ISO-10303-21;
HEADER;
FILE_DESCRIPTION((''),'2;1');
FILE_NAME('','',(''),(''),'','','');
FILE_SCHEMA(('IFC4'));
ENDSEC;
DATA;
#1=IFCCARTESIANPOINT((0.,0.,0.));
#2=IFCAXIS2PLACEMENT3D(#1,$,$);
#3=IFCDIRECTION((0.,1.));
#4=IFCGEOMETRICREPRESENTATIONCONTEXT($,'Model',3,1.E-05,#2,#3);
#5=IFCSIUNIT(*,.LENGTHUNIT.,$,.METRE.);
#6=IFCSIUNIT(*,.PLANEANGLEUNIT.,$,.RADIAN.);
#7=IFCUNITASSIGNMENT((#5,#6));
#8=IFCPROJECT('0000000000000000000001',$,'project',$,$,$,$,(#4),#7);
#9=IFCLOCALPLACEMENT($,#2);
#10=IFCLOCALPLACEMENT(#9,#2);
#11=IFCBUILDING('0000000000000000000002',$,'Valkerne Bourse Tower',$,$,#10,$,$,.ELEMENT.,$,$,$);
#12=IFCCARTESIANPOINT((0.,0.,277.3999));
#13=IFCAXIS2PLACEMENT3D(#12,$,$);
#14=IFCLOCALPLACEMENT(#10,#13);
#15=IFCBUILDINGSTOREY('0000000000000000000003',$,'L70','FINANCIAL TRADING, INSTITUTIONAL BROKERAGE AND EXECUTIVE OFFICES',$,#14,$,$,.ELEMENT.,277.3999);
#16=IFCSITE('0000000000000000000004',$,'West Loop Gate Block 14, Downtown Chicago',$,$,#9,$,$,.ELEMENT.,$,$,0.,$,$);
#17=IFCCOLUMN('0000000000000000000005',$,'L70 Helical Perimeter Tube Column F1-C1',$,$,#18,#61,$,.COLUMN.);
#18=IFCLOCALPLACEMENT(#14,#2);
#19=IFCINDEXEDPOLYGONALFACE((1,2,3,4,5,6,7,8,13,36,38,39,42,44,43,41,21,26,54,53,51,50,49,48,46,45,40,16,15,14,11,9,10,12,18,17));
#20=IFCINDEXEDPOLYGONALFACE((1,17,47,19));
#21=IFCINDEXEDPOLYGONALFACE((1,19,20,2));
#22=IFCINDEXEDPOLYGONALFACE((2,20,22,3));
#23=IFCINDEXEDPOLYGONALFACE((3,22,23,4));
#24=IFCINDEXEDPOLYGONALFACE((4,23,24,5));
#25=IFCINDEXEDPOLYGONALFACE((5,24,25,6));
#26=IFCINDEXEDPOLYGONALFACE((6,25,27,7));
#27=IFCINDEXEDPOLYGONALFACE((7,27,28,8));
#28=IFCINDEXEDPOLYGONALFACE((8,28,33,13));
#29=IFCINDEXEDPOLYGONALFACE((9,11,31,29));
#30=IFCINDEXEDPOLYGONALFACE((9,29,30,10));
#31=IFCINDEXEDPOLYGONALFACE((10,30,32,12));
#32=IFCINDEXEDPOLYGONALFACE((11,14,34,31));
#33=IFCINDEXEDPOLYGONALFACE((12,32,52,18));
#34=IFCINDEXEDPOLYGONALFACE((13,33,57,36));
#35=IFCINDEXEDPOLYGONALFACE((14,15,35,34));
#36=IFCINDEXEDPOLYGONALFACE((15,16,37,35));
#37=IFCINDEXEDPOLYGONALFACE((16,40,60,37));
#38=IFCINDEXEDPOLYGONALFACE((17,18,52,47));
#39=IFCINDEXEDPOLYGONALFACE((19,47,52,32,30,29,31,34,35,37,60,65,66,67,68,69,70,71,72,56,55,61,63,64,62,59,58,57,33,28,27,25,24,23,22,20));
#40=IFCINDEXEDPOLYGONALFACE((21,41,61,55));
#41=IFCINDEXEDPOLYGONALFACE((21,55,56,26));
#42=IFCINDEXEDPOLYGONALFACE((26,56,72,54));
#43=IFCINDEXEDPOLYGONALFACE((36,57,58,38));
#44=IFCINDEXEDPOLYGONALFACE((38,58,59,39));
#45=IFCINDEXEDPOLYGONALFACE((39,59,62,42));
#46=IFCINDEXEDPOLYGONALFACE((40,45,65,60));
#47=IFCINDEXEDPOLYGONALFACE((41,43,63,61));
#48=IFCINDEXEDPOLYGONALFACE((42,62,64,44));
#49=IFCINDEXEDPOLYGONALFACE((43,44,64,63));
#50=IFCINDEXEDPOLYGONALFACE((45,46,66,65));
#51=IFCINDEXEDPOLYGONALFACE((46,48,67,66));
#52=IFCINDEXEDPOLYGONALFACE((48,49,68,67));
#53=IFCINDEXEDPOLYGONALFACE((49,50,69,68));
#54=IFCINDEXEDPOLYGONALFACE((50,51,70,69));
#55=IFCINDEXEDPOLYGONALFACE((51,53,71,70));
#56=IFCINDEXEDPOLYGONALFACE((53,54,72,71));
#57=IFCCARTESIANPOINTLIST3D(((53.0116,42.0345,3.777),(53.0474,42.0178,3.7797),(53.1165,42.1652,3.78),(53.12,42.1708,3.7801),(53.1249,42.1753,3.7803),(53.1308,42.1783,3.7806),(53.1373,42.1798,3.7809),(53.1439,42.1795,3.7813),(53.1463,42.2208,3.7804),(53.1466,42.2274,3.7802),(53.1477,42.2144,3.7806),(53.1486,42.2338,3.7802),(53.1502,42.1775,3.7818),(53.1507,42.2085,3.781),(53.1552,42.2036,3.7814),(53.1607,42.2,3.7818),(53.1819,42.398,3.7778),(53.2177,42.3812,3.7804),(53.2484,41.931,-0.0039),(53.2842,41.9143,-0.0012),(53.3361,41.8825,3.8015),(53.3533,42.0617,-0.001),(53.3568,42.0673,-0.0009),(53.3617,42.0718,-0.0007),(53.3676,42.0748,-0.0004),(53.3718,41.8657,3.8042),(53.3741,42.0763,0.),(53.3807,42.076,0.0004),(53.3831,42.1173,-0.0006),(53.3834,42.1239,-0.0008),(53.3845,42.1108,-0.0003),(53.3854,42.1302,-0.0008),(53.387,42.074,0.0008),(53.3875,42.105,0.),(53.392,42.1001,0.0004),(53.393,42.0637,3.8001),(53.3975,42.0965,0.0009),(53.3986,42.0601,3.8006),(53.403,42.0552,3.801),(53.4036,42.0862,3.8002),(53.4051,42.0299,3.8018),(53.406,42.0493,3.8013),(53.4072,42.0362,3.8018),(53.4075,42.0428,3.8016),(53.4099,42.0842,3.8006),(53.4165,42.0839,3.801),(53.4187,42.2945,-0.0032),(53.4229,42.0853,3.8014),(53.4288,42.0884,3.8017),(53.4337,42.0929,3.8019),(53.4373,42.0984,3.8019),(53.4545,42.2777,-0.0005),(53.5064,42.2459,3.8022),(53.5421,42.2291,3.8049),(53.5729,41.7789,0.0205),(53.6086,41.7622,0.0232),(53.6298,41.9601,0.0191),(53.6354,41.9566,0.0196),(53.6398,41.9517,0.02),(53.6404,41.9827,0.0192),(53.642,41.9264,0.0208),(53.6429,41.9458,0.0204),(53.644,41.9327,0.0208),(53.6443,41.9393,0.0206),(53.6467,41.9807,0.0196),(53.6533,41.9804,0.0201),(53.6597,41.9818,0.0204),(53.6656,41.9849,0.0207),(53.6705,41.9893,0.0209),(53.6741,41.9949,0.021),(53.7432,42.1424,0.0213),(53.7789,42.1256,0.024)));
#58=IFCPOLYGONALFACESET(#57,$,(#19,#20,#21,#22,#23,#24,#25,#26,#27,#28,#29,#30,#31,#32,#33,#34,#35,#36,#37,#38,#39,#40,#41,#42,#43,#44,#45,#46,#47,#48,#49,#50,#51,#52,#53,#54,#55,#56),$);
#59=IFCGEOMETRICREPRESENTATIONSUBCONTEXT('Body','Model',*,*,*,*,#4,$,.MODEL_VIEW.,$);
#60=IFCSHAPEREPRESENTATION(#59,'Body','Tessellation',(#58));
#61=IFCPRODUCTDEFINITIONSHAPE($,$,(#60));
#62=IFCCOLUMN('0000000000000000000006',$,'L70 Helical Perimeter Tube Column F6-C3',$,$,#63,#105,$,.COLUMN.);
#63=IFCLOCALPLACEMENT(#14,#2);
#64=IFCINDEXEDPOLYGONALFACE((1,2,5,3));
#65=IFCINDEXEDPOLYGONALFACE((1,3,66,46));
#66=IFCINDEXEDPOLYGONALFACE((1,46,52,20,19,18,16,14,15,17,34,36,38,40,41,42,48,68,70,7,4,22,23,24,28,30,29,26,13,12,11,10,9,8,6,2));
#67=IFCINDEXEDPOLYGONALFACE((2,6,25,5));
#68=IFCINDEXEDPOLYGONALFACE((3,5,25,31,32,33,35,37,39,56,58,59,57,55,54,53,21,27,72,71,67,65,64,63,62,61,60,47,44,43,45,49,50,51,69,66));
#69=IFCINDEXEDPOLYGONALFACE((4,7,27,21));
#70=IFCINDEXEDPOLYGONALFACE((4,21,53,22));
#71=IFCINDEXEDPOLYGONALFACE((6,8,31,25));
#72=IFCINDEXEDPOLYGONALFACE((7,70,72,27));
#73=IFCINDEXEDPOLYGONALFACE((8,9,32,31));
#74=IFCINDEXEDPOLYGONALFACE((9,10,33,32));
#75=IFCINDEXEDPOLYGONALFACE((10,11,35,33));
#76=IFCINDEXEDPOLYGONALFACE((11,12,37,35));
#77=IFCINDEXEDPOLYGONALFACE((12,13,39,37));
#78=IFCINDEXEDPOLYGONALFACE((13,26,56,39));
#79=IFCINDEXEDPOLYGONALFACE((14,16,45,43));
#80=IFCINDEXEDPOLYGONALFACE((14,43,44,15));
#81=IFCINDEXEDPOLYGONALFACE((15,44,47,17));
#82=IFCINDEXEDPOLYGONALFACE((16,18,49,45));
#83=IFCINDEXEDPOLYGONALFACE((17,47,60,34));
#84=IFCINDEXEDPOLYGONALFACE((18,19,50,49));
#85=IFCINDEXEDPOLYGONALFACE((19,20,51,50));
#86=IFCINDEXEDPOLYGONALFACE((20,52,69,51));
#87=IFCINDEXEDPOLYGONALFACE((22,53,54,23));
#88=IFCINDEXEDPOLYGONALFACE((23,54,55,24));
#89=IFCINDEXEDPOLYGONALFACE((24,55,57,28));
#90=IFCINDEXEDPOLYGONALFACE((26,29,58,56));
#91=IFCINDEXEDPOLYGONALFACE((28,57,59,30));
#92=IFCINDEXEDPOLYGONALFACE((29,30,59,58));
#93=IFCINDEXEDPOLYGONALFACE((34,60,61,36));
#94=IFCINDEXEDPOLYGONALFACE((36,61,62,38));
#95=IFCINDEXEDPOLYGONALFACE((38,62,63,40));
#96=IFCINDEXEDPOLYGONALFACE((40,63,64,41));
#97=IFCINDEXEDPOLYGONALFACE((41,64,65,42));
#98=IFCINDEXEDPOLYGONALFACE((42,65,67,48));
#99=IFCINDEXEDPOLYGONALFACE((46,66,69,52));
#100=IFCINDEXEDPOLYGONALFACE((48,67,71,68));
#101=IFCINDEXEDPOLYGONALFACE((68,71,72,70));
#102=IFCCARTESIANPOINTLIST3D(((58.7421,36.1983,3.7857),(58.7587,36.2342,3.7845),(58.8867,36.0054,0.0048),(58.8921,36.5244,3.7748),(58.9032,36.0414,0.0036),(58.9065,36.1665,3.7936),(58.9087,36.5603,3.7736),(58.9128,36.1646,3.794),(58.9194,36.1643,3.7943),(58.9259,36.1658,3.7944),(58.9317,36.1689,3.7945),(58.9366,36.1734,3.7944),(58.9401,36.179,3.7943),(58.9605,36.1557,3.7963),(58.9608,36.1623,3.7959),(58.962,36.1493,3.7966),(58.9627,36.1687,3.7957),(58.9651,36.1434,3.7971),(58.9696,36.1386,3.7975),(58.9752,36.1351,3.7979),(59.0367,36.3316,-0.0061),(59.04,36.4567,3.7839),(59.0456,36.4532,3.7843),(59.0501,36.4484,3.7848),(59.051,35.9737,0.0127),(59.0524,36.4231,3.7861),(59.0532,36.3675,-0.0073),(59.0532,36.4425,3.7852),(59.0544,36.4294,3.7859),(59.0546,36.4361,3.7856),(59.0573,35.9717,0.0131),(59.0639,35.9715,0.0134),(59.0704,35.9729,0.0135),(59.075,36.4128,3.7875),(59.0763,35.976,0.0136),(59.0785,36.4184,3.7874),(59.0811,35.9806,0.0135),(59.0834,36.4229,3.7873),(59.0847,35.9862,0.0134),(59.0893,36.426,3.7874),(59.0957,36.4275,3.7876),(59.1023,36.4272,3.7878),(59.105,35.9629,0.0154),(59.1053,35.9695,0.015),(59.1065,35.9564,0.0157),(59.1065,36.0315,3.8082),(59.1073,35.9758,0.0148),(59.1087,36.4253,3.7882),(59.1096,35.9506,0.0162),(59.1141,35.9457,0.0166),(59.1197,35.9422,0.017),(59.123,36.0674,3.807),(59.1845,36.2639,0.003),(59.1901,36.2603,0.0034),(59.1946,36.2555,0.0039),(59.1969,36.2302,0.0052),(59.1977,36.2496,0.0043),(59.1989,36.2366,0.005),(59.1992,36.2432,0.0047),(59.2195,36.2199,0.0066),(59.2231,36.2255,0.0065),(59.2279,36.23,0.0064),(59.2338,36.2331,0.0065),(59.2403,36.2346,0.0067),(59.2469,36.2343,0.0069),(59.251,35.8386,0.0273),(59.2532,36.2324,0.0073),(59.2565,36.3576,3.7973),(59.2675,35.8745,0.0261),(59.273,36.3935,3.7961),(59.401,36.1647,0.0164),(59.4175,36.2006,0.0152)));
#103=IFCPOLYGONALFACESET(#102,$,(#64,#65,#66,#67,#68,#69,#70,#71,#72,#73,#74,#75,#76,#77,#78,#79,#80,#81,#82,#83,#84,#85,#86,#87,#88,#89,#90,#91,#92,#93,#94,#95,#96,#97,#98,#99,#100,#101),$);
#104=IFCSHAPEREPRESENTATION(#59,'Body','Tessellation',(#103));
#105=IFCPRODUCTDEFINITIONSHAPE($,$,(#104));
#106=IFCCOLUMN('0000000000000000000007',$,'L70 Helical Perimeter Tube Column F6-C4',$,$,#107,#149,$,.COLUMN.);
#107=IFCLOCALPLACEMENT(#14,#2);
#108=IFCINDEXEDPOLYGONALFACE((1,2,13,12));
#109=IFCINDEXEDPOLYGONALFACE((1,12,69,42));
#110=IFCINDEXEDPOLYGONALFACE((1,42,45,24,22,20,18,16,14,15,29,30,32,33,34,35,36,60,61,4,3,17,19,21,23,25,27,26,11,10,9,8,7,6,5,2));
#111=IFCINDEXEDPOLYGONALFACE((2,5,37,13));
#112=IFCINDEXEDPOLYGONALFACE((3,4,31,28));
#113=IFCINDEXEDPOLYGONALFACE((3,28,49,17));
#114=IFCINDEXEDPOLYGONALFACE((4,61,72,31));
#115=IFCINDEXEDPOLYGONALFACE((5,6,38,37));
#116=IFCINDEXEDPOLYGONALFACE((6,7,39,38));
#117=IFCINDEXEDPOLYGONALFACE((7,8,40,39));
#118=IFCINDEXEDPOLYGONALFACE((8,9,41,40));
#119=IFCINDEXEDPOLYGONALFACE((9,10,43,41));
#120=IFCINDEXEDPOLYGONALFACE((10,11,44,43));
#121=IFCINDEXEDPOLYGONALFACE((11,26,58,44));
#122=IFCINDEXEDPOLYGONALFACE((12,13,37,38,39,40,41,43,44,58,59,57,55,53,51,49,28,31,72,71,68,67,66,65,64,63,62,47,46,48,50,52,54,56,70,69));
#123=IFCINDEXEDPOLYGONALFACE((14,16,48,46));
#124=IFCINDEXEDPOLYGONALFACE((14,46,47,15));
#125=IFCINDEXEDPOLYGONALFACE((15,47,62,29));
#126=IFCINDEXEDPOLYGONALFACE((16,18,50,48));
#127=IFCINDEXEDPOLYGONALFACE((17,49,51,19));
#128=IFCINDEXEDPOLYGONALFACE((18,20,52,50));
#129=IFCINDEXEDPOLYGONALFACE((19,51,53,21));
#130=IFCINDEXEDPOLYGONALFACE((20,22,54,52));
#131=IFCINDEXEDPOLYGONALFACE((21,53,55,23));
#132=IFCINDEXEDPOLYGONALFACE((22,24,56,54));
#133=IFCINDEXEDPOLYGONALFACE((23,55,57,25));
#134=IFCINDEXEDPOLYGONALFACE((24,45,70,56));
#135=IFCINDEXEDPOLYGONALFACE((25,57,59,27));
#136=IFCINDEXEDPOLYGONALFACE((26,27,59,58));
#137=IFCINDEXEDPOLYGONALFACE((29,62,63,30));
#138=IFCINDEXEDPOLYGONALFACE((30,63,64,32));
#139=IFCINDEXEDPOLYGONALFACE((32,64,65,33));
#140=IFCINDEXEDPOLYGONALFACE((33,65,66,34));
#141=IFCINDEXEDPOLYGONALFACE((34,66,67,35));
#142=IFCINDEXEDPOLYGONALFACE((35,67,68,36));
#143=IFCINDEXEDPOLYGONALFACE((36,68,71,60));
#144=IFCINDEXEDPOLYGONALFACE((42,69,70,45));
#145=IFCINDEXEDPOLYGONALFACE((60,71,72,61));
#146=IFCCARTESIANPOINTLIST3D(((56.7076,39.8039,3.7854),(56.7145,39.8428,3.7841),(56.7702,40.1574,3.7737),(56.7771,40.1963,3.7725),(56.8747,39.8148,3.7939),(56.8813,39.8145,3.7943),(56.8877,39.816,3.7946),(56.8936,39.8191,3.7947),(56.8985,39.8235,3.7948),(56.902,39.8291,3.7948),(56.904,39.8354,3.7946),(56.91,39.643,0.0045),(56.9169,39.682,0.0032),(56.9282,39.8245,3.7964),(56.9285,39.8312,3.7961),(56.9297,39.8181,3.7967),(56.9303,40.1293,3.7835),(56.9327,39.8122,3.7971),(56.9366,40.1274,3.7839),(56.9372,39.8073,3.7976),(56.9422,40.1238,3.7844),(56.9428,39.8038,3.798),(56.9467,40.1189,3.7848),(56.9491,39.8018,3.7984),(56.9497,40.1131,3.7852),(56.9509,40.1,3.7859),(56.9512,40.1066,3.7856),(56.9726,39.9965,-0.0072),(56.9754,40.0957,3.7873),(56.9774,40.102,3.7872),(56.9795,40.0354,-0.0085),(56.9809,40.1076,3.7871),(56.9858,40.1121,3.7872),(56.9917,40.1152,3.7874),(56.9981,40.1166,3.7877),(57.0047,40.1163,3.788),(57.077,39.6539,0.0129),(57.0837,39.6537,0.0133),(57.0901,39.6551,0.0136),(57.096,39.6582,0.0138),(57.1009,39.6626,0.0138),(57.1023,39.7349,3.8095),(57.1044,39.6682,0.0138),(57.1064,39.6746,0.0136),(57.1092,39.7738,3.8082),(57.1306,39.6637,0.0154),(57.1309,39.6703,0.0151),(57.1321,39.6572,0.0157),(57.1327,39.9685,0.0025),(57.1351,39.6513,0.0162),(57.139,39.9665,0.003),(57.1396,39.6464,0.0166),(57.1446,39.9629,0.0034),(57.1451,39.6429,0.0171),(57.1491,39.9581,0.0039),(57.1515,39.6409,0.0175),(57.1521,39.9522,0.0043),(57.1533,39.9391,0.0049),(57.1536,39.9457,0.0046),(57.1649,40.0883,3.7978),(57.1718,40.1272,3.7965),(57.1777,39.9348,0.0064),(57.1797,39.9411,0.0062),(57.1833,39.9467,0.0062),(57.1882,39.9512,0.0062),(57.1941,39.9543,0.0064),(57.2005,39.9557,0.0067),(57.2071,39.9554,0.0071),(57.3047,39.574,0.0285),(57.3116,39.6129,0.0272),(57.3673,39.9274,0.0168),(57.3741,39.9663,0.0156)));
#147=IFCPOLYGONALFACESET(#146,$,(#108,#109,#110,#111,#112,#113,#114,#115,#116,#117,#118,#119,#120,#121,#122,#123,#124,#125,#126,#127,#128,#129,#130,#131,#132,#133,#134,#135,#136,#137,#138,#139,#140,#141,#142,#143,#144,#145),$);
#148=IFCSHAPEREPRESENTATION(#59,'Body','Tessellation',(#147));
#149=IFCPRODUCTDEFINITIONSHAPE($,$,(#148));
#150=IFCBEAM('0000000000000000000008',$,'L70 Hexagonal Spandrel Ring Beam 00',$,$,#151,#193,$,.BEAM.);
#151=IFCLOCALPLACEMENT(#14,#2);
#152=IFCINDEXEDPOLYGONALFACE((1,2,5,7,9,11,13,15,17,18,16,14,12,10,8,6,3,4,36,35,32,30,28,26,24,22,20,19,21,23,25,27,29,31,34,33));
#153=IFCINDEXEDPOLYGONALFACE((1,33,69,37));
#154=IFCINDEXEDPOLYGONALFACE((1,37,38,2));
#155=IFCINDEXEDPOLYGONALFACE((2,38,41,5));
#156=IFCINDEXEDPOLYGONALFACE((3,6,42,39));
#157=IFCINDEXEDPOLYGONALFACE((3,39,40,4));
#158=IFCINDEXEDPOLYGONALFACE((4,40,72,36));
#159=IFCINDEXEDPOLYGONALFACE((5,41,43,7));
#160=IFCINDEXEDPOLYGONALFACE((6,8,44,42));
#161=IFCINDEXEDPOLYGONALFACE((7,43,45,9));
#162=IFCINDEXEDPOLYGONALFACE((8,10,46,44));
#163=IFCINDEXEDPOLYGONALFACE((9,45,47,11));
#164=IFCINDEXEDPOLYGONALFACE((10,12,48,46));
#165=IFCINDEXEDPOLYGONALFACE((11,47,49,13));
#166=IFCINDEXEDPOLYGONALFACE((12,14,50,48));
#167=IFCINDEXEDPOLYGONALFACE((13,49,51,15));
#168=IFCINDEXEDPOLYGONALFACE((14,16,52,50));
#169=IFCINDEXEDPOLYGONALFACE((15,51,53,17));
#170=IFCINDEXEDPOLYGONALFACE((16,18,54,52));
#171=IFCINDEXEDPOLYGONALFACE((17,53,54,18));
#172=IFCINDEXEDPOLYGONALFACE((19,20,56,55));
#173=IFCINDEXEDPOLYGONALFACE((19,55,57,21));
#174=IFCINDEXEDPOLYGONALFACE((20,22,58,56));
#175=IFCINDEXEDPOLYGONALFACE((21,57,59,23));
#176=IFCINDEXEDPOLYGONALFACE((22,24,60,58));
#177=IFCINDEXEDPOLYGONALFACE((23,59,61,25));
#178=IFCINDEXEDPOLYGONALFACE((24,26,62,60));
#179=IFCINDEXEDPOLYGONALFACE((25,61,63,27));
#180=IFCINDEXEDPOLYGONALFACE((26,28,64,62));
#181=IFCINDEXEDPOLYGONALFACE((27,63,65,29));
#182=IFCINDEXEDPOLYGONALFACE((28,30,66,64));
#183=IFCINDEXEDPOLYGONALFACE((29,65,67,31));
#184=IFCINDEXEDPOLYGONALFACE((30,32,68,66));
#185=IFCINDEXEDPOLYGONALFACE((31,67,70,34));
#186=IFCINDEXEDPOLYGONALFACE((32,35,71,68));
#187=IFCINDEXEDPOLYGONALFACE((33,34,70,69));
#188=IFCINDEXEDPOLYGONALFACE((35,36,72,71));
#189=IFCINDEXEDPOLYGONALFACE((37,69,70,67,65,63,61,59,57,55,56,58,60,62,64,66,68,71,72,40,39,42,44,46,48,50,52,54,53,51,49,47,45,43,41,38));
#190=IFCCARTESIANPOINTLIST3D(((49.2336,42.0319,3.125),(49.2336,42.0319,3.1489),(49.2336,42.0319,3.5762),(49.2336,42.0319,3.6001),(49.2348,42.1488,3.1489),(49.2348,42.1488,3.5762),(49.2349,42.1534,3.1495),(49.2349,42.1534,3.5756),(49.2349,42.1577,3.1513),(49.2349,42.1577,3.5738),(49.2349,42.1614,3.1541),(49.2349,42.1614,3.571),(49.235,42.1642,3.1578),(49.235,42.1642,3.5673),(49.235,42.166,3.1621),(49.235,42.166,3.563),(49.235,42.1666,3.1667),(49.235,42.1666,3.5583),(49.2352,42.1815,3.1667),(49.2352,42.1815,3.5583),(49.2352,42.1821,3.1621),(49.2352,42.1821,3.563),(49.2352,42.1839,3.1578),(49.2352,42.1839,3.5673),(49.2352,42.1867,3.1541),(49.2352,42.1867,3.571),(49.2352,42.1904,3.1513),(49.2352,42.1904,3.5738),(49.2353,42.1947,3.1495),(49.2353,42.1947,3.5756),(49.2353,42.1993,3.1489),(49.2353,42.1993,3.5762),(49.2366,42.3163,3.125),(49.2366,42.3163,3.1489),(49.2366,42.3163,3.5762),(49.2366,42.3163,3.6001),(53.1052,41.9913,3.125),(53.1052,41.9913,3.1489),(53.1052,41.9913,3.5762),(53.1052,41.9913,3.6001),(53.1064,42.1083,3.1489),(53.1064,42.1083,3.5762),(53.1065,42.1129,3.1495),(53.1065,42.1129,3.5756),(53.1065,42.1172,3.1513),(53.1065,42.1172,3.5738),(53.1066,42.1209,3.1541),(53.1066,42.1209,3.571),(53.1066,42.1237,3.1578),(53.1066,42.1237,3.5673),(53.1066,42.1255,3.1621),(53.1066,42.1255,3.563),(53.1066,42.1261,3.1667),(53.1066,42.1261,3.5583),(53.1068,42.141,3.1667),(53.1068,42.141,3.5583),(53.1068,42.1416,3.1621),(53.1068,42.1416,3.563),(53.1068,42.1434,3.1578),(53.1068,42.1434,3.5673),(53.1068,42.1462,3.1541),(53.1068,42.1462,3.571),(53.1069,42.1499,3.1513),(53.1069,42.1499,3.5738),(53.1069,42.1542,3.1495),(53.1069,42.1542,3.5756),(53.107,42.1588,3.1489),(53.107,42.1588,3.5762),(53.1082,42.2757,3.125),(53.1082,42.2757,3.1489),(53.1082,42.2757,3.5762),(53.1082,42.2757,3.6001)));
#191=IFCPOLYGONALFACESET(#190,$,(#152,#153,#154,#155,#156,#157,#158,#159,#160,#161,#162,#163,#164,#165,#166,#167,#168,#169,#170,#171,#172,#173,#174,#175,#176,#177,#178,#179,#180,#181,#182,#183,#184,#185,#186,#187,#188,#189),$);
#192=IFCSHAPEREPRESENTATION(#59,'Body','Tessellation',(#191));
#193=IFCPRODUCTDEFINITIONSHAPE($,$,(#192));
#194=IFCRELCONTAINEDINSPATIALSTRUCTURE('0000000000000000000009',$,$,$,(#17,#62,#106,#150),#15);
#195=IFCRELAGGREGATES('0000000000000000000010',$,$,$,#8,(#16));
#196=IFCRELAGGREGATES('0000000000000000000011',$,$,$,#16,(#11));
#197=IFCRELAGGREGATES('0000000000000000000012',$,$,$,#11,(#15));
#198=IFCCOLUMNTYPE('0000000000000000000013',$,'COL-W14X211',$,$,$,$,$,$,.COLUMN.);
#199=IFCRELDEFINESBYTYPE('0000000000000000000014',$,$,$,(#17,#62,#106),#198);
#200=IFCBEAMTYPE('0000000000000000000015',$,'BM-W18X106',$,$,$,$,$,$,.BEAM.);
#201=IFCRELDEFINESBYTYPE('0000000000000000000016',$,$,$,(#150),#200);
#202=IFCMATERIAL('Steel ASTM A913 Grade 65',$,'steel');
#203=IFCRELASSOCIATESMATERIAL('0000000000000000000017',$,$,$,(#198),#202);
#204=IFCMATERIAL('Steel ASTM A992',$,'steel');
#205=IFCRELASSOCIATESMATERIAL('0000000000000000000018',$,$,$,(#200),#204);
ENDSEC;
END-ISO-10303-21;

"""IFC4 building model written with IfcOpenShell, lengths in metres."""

from ifc_helpers import new_model, si_unit, direction, frame, origin, origin_2d, place, context, subcontext, project, spatial, i_section, extrude, material, material_profile, profile_set, type_object, element, save


model = new_model("IFC4")

# Units and contexts
model_context = context("Model", 3, precision=1e-05, world=origin(), true_north=direction((0.0, 1.0)))
body_context = subcontext(model_context, "Body", "Model", "MODEL_VIEW")
ifc_project = project(units=[si_unit("LENGTHUNIT", "METRE"), si_unit("PLANEANGLEUNIT", "RADIAN")], contexts=[model_context])

# Site, building, storey
site_placement = place(None, origin())
site = spatial("IfcSite", under=ifc_project, at=site_placement, Name="West Loop Gate Block 14, Downtown Chicago", CompositionType="ELEMENT", RefElevation=0.0)
building_placement = place(site_placement, origin())
building = spatial("IfcBuilding", under=site, at=building_placement, Name="Valkerne Bourse Tower", CompositionType="ELEMENT")
storey_placement = place(building_placement, frame((0.0, 0.0, 277.3999)))
storey = spatial("IfcBuildingStorey", under=building, at=storey_placement, Name="L70", Description="FINANCIAL TRADING, INSTITUTIONAL BROKERAGE AND EXECUTIVE OFFICES", CompositionType="ELEMENT", Elevation=277.3999)

# Columns
ifc_material_1 = material(Name="Steel ASTM A913 Grade 65", Category="steel")
ifc_material_profile_1 = material_profile(ifc_material_1, i_section(OverallWidth=0.4014, OverallDepth=0.3987, WebThickness=0.0249, FlangeThickness=0.0396, FilletRadius=0.0254, at=origin_2d()), Name="W14X211")
ifc_profile_set_1 = profile_set([ifc_material_profile_1], Name="Steel ASTM A913 Grade 65")
column_type = type_object("IfcColumnType", Name="COL-W14X211", PredefinedType="COLUMN", material=ifc_profile_set_1)
column_1_placement = place(storey_placement, frame((53.5137, 42.0283, 0.01), z_axis=(-0.062487, 0.027314, 0.997672), x_axis=(0.424314, 0.905513, 0.001785)))
element("IfcColumn", 1, at=column_1_placement, inside=storey, type_object=column_type, Name="L70 Helical Perimeter Tube Column F1-C1", PredefinedType="COLUMN", context=body_context, shape_type="SweptSolid", body=[
    extrude(i_section(OverallWidth=0.4014, OverallDepth=0.3987, WebThickness=0.0249, FlangeThickness=0.0396, FilletRadius=0.0254, at=origin_2d()), origin(), (0.0, 0.0, 1.0), 3.7898),
])
column_2_placement = place(storey_placement, frame((59.1521, 36.103, 0.01), z_axis=(-0.038148, 0.050907, 0.997975), x_axis=(0.907781, -0.415702, 0.055906)))
element("IfcColumn", 2, at=column_2_placement, inside=storey, type_object=column_type, Name="L70 Helical Perimeter Tube Column F6-C3", PredefinedType="COLUMN", context=body_context, shape_type="SweptSolid", body=[
    extrude(i_section(OverallWidth=0.4014, OverallDepth=0.3987, WebThickness=0.0249, FlangeThickness=0.0396, FilletRadius=0.0254, at=origin_2d()), origin(), (0.0, 0.0, 1.0), 3.7886),
])
column_3_placement = place(storey_placement, frame((57.1421, 39.8047, 0.01), z_axis=(-0.053404, 0.042453, 0.99767), x_axis=(0.983258, -0.172071, 0.059955)))
element("IfcColumn", 3, at=column_3_placement, inside=storey, type_object=column_type, Name="L70 Helical Perimeter Tube Column F6-C4", PredefinedType="COLUMN", context=body_context, shape_type="SweptSolid", body=[
    extrude(i_section(OverallWidth=0.4014, OverallDepth=0.3987, WebThickness=0.0249, FlangeThickness=0.0396, FilletRadius=0.0254, at=origin_2d()), origin(), (0.0, 0.0, 1.0), 3.7898),
])

# Beam
ifc_material_2 = material(Name="Steel ASTM A992", Category="steel")
ifc_material_profile_2 = material_profile(ifc_material_2, i_section(OverallWidth=0.2844, OverallDepth=0.4751, WebThickness=0.0149, FlangeThickness=0.0239, FilletRadius=0.0178, at=origin_2d()), Name="W18X106")
ifc_profile_set_2 = profile_set([ifc_material_profile_2], Name="Steel ASTM A992")
beam_type = type_object("IfcBeamType", Name="BM-W18X106", PredefinedType="BEAM", material=ifc_profile_set_2)
beam_1_placement = place(storey_placement, frame((53.1067, 42.1335, 3.3625), z_axis=(-0.999945, 0.010467, 0.0), x_axis=(-0.010467, -0.999945, 0.0)))
element("IfcBeam", 4, at=beam_1_placement, inside=storey, type_object=beam_type, Name="L70 Hexagonal Spandrel Ring Beam 00", PredefinedType="BEAM", context=body_context, shape_type="SweptSolid", body=[
    extrude(i_section(OverallWidth=0.2844, OverallDepth=0.4751, WebThickness=0.0149, FlangeThickness=0.0239, FilletRadius=0.0178, at=origin_2d()), origin(), (0.0, 0.0, 1.0), 3.8718),
])

save(model, "model.ifc")
